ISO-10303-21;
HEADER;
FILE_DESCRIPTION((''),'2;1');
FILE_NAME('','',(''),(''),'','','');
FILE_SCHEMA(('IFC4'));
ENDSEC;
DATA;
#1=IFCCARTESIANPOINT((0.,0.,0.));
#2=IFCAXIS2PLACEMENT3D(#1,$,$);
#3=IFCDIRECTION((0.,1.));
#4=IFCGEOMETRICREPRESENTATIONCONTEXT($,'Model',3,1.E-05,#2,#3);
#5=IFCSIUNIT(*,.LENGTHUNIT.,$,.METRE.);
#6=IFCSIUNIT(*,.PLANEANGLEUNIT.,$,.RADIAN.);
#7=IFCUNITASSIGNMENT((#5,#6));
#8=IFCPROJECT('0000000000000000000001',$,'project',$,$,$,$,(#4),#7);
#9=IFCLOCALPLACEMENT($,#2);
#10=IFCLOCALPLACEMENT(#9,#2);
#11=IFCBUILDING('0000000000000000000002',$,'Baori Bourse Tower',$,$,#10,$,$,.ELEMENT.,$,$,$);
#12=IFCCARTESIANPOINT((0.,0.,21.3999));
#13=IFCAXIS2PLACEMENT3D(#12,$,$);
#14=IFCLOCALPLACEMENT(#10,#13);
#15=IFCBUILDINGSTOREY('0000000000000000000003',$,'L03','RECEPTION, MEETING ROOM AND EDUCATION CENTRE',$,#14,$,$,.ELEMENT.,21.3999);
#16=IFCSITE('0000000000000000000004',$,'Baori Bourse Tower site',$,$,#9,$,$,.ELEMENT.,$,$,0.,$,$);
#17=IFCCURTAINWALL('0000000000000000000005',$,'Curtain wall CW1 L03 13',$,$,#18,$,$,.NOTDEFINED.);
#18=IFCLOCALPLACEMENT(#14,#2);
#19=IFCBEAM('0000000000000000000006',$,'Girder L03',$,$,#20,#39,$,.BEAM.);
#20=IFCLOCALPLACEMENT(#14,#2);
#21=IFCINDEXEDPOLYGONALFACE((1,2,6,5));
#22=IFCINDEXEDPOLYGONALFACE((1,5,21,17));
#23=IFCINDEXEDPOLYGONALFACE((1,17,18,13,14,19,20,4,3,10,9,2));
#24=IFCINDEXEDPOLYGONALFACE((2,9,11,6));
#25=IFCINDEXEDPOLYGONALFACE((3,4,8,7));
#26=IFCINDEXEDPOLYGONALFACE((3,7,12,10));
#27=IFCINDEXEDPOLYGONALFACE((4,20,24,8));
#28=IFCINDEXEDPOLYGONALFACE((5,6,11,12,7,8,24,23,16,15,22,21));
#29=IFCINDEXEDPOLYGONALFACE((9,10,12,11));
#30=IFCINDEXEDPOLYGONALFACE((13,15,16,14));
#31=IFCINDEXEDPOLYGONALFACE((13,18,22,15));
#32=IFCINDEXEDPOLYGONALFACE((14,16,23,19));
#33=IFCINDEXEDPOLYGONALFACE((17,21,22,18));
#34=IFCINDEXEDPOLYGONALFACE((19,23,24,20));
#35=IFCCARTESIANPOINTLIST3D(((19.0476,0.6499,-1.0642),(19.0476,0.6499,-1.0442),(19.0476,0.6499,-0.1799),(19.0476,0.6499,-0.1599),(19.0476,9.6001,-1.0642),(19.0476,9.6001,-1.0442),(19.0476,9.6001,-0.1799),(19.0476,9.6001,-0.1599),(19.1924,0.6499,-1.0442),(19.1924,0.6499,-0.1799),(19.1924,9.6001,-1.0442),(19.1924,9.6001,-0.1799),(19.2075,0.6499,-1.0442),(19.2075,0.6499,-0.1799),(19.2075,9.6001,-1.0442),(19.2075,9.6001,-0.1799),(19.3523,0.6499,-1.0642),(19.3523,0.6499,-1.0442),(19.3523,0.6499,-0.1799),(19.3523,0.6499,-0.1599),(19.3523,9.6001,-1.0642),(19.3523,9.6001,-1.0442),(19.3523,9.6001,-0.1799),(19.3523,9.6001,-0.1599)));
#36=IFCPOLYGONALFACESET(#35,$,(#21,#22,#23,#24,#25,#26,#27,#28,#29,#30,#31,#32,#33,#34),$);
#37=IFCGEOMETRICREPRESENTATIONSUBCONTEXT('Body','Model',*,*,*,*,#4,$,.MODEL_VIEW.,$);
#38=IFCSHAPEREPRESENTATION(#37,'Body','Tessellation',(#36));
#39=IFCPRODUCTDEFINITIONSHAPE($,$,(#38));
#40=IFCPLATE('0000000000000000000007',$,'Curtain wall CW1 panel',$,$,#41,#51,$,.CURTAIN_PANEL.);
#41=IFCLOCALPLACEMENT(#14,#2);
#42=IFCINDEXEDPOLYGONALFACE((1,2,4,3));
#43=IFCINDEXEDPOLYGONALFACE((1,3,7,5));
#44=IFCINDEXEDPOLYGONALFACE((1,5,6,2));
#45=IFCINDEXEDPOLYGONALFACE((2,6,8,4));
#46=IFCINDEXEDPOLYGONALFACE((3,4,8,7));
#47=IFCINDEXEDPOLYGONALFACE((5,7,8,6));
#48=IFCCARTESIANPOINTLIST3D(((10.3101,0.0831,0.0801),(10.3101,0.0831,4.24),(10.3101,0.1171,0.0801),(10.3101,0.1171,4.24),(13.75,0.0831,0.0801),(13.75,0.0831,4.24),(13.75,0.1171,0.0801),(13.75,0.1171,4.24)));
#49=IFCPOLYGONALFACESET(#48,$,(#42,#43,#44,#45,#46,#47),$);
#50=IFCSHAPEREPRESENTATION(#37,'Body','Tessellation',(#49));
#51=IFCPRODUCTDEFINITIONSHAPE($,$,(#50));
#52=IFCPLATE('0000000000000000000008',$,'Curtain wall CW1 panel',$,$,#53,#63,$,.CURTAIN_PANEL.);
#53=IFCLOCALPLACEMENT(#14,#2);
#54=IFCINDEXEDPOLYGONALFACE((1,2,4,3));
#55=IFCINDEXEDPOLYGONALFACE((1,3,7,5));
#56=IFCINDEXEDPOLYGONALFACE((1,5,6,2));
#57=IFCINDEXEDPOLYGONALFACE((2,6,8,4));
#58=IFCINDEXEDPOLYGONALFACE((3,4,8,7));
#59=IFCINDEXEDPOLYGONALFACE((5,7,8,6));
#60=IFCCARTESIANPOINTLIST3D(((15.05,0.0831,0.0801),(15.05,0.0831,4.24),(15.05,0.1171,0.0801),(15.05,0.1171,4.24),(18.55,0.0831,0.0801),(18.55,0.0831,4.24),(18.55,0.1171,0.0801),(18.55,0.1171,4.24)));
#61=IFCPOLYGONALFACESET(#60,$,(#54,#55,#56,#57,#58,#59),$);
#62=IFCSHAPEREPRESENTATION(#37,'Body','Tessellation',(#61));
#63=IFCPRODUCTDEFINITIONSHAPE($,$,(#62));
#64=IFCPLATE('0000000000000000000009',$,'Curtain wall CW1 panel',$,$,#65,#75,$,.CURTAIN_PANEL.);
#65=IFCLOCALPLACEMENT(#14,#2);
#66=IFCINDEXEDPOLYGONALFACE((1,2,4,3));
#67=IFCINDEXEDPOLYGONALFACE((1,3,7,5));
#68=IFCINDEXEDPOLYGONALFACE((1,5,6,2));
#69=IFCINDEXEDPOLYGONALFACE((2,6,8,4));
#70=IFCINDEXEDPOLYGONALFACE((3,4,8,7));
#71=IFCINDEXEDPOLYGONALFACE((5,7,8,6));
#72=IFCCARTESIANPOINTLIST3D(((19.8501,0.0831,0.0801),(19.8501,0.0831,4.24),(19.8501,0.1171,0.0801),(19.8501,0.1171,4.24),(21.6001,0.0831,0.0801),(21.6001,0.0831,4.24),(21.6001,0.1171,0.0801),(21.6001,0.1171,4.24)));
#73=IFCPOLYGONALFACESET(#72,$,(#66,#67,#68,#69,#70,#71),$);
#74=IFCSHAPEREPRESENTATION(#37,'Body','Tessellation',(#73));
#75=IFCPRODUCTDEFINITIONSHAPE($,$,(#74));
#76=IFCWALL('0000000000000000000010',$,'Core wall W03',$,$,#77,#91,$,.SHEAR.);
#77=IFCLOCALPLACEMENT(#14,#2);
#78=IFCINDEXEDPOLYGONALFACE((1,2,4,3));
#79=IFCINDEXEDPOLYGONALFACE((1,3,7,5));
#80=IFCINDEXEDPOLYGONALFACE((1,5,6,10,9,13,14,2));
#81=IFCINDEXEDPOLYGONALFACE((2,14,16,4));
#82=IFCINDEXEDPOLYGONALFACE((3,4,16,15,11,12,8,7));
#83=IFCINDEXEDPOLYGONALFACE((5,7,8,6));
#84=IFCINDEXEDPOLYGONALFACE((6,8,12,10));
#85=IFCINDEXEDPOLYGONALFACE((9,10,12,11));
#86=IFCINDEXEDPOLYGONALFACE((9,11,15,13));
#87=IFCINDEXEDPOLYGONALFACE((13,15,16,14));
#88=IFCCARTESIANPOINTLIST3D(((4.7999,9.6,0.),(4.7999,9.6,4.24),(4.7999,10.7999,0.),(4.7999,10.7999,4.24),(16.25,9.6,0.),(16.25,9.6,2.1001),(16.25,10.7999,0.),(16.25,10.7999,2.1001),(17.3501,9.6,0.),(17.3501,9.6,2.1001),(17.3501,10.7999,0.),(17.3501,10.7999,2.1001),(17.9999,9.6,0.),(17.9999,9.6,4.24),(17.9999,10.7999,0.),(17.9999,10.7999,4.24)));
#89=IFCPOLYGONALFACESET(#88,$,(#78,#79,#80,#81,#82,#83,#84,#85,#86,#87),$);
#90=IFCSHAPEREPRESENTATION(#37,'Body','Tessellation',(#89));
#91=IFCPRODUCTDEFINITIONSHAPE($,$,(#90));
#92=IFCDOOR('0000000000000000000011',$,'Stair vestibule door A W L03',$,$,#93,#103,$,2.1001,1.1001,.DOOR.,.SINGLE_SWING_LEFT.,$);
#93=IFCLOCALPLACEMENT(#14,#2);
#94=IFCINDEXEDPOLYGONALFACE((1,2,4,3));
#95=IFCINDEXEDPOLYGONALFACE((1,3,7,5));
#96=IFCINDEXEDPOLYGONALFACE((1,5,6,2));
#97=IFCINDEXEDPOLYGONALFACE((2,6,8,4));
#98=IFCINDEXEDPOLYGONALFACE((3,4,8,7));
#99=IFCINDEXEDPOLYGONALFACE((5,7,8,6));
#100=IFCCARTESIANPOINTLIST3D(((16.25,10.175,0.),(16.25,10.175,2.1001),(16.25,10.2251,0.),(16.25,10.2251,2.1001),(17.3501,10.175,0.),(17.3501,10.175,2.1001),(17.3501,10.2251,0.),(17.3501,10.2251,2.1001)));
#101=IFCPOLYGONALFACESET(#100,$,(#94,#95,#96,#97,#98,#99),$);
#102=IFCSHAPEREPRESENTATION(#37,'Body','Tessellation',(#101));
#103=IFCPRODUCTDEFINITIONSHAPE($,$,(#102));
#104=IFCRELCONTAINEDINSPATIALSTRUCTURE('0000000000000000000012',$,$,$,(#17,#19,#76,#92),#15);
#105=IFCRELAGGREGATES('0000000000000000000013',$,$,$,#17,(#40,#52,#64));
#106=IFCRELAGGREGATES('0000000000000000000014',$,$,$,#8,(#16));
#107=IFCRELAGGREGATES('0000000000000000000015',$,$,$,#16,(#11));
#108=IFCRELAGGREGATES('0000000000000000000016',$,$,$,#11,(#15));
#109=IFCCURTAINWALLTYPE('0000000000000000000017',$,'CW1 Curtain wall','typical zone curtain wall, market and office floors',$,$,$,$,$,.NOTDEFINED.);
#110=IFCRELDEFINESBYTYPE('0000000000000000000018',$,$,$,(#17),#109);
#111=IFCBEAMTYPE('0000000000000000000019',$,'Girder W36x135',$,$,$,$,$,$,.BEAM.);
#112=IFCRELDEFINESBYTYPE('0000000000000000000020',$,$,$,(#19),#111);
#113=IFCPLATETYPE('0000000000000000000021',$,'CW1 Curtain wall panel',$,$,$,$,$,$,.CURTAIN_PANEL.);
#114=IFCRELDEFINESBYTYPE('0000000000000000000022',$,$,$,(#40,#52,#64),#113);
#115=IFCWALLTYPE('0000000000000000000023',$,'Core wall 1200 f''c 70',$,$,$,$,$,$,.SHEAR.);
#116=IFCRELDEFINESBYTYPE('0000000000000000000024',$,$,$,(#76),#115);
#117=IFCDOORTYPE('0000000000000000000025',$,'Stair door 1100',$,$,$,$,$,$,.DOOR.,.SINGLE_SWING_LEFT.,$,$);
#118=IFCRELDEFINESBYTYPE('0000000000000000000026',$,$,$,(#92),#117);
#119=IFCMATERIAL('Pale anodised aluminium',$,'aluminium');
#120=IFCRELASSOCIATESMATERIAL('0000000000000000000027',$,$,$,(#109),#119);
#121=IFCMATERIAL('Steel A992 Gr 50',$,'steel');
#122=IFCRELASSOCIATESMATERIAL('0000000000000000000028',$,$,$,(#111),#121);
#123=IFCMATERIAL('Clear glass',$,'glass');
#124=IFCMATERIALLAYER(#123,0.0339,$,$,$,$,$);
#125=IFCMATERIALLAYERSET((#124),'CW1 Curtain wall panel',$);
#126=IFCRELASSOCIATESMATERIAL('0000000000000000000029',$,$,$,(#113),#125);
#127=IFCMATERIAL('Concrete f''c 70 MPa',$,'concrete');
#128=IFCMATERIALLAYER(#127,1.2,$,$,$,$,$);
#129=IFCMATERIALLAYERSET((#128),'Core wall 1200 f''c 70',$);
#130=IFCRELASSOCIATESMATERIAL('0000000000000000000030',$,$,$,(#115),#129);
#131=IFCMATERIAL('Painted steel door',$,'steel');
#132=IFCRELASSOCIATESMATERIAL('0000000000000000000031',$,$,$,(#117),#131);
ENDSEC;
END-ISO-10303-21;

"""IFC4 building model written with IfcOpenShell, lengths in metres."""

from ifc_helpers import new_model, si_unit, direction, frame, frame_2d, origin, origin_2d, place, context, subcontext, project, spatial, rectangle, i_section, extrude, material, layer, layer_set, material_profile, profile_set, type_object, element, fill, aggregate, save


model = new_model("IFC4")

# Units and contexts
model_context = context("Model", 3, precision=1e-05, world=origin(), true_north=direction((0.0, 1.0)))
body_context = subcontext(model_context, "Body", "Model", "MODEL_VIEW")
ifc_project = project(units=[si_unit("LENGTHUNIT", "METRE"), si_unit("PLANEANGLEUNIT", "RADIAN")], contexts=[model_context])

# Site, building, storey
site_placement = place(None, origin())
site = spatial("IfcSite", under=ifc_project, at=site_placement, Name="Baori Bourse Tower site", CompositionType="ELEMENT", RefElevation=0.0)
building_placement = place(site_placement, origin())
building = spatial("IfcBuilding", under=site, at=building_placement, Name="Baori Bourse Tower", CompositionType="ELEMENT")
storey_placement = place(building_placement, frame((0.0, 0.0, 21.3999)))
storey = spatial("IfcBuildingStorey", under=building, at=storey_placement, Name="L03", Description="RECEPTION, MEETING ROOM AND EDUCATION CENTRE", CompositionType="ELEMENT", Elevation=21.3999)

# Curtain wall
ifc_material_1 = material(Name="Pale anodised aluminium", Category="aluminium")
curtain_wall_type = type_object("IfcCurtainWallType", Name="CW1 Curtain wall", Description="typical zone curtain wall, market and office floors", PredefinedType="NOTDEFINED", material=ifc_material_1)
curtain_wall_placement = place(storey_placement, origin())
curtain_wall = element("IfcCurtainWall", 1, at=curtain_wall_placement, inside=storey, type_object=curtain_wall_type, Name="Curtain wall CW1 L03 13", PredefinedType="NOTDEFINED")

# Beam
ifc_material_2 = material(Name="Steel A992 Gr 50", Category="steel")
ifc_material_profile_1 = material_profile(ifc_material_2, i_section(OverallWidth=0.3047, OverallDepth=0.9043, WebThickness=0.0151, FlangeThickness=0.02, at=origin_2d()), Name="W36x135")
ifc_profile_set_1 = profile_set([ifc_material_profile_1], Name="Steel A992 Gr 50")
beam_type_1 = type_object("IfcBeamType", Name="Girder W36x135", PredefinedType="BEAM", material=ifc_profile_set_1)
beam_1_placement = place(storey_placement, frame((19.2, 0.6499, -0.6121), z_axis=(0.0, 1.0, 0.0), x_axis=(-1.0, 0.0, 0.0)))
element("IfcBeam", 2, at=beam_1_placement, inside=storey, type_object=beam_type_1, Name="Girder L03", PredefinedType="BEAM", context=body_context, shape_type="SweptSolid", body=[
    extrude(i_section(OverallWidth=0.3047, OverallDepth=0.9043, WebThickness=0.0151, FlangeThickness=0.02, at=origin_2d()), origin(), (0.0, 0.0, 1.0), 8.9502),
])

# Plates
ifc_material_3 = material(Name="Clear glass", Category="glass")
ifc_layer_1 = layer(ifc_material_3, 0.0339)
ifc_layer_set_1 = layer_set([ifc_layer_1], Name="CW1 Curtain wall panel")
plate_type = type_object("IfcPlateType", Name="CW1 Curtain wall panel", PredefinedType="CURTAIN_PANEL", material=ifc_layer_set_1)
plate_1_placement = place(storey_placement, frame((12.03, 0.1001, 0.0801), z_axis=(0.0, 0.0, 1.0), x_axis=(1.0, 0.0, 0.0)))
plate_1 = element("IfcPlate", 3, at=plate_1_placement, type_object=plate_type, Name="Curtain wall CW1 panel", PredefinedType="CURTAIN_PANEL", context=body_context, shape_type="SweptSolid", body=[
    extrude(rectangle(XDim=3.4399, YDim=0.0339, at=origin_2d()), origin(), (0.0, 0.0, 1.0), 4.1599),
])
plate_2_placement = place(storey_placement, frame((16.8, 0.1001, 0.0801), z_axis=(0.0, 0.0, 1.0), x_axis=(1.0, 0.0, 0.0)))
plate_2 = element("IfcPlate", 4, at=plate_2_placement, type_object=plate_type, Name="Curtain wall CW1 panel", PredefinedType="CURTAIN_PANEL", context=body_context, shape_type="SweptSolid", body=[
    extrude(rectangle(XDim=3.5, YDim=0.0339, at=origin_2d()), origin(), (0.0, 0.0, 1.0), 4.1599),
])
plate_3_placement = place(storey_placement, frame((20.7251, 0.1001, 0.0801), z_axis=(0.0, 0.0, 1.0), x_axis=(1.0, 0.0, 0.0)))
plate_3 = element("IfcPlate", 5, at=plate_3_placement, type_object=plate_type, Name="Curtain wall CW1 panel", PredefinedType="CURTAIN_PANEL", context=body_context, shape_type="SweptSolid", body=[
    extrude(rectangle(XDim=1.75, YDim=0.0339, at=origin_2d()), origin(), (0.0, 0.0, 1.0), 4.1599),
])
aggregate(curtain_wall, [plate_1, plate_2, plate_3])

# Wall, opening, door
ifc_material_4 = material(Name="Concrete f'c 70 MPa", Category="concrete")
ifc_layer_2 = layer(ifc_material_4, 1.2)
ifc_layer_set_2 = layer_set([ifc_layer_2], Name="Core wall 1200 f'c 70")
wall_type_1 = type_object("IfcWallType", Name="Core wall 1200 f'c 70", PredefinedType="SHEAR", material=ifc_layer_set_2)
wall_1_placement = place(storey_placement, frame((18.0, 10.2, 0.0), z_axis=(0.0, 0.0, 1.0), x_axis=(-1.0, 0.0, 0.0)))
wall_1 = element("IfcWall", 6, at=wall_1_placement, inside=storey, type_object=wall_type_1, Name="Core wall W03", PredefinedType="SHEAR", context=body_context, shape_type="SweptSolid", body=[
    extrude(rectangle(XDim=13.2, YDim=1.2, at=frame_2d((6.6001, 0.0))), origin(), (0.0, 0.0, 1.0), 4.24),
])
opening_1_placement = place(wall_1_placement, frame((0.6499, 0.0, 0.0)))
opening_1 = element("IfcOpeningElement", 7, at=opening_1_placement, cuts=wall_1, PredefinedType="OPENING", context=body_context, shape_type="SweptSolid", body=[
    extrude(rectangle(XDim=1.1001, YDim=2.1001, at=frame_2d((0.55, 1.05))), frame((0.0, 0.6099, 0.0), z_axis=(0.0, -1.0, 0.0), x_axis=(1.0, 0.0, 0.0)), (0.0, 0.0, 1.0), 1.22),
])
ifc_material_5 = material(Name="Painted steel door", Category="steel")
door_type_1 = type_object("IfcDoorType", Name="Stair door 1100", OperationType="SINGLE_SWING_LEFT", PredefinedType="DOOR", material=ifc_material_5)
door_1_placement = place(opening_1_placement, origin())
door_1 = element("IfcDoor", 8, at=door_1_placement, inside=storey, type_object=door_type_1, Name="Stair vestibule door A W L03", OperationType="SINGLE_SWING_LEFT", OverallHeight=2.1001, OverallWidth=1.1001, PredefinedType="DOOR", context=body_context, shape_type="SweptSolid", body=[
    extrude(rectangle(XDim=1.1001, YDim=2.1001, at=frame_2d((0.55, 1.05))), frame((0.0, 0.0249, 0.0), z_axis=(0.0, -1.0, 0.0), x_axis=(1.0, 0.0, 0.0)), (0.0, 0.0, 1.0), 0.05),
])
fill(opening_1, door_1)

save(model, "model.ifc")
